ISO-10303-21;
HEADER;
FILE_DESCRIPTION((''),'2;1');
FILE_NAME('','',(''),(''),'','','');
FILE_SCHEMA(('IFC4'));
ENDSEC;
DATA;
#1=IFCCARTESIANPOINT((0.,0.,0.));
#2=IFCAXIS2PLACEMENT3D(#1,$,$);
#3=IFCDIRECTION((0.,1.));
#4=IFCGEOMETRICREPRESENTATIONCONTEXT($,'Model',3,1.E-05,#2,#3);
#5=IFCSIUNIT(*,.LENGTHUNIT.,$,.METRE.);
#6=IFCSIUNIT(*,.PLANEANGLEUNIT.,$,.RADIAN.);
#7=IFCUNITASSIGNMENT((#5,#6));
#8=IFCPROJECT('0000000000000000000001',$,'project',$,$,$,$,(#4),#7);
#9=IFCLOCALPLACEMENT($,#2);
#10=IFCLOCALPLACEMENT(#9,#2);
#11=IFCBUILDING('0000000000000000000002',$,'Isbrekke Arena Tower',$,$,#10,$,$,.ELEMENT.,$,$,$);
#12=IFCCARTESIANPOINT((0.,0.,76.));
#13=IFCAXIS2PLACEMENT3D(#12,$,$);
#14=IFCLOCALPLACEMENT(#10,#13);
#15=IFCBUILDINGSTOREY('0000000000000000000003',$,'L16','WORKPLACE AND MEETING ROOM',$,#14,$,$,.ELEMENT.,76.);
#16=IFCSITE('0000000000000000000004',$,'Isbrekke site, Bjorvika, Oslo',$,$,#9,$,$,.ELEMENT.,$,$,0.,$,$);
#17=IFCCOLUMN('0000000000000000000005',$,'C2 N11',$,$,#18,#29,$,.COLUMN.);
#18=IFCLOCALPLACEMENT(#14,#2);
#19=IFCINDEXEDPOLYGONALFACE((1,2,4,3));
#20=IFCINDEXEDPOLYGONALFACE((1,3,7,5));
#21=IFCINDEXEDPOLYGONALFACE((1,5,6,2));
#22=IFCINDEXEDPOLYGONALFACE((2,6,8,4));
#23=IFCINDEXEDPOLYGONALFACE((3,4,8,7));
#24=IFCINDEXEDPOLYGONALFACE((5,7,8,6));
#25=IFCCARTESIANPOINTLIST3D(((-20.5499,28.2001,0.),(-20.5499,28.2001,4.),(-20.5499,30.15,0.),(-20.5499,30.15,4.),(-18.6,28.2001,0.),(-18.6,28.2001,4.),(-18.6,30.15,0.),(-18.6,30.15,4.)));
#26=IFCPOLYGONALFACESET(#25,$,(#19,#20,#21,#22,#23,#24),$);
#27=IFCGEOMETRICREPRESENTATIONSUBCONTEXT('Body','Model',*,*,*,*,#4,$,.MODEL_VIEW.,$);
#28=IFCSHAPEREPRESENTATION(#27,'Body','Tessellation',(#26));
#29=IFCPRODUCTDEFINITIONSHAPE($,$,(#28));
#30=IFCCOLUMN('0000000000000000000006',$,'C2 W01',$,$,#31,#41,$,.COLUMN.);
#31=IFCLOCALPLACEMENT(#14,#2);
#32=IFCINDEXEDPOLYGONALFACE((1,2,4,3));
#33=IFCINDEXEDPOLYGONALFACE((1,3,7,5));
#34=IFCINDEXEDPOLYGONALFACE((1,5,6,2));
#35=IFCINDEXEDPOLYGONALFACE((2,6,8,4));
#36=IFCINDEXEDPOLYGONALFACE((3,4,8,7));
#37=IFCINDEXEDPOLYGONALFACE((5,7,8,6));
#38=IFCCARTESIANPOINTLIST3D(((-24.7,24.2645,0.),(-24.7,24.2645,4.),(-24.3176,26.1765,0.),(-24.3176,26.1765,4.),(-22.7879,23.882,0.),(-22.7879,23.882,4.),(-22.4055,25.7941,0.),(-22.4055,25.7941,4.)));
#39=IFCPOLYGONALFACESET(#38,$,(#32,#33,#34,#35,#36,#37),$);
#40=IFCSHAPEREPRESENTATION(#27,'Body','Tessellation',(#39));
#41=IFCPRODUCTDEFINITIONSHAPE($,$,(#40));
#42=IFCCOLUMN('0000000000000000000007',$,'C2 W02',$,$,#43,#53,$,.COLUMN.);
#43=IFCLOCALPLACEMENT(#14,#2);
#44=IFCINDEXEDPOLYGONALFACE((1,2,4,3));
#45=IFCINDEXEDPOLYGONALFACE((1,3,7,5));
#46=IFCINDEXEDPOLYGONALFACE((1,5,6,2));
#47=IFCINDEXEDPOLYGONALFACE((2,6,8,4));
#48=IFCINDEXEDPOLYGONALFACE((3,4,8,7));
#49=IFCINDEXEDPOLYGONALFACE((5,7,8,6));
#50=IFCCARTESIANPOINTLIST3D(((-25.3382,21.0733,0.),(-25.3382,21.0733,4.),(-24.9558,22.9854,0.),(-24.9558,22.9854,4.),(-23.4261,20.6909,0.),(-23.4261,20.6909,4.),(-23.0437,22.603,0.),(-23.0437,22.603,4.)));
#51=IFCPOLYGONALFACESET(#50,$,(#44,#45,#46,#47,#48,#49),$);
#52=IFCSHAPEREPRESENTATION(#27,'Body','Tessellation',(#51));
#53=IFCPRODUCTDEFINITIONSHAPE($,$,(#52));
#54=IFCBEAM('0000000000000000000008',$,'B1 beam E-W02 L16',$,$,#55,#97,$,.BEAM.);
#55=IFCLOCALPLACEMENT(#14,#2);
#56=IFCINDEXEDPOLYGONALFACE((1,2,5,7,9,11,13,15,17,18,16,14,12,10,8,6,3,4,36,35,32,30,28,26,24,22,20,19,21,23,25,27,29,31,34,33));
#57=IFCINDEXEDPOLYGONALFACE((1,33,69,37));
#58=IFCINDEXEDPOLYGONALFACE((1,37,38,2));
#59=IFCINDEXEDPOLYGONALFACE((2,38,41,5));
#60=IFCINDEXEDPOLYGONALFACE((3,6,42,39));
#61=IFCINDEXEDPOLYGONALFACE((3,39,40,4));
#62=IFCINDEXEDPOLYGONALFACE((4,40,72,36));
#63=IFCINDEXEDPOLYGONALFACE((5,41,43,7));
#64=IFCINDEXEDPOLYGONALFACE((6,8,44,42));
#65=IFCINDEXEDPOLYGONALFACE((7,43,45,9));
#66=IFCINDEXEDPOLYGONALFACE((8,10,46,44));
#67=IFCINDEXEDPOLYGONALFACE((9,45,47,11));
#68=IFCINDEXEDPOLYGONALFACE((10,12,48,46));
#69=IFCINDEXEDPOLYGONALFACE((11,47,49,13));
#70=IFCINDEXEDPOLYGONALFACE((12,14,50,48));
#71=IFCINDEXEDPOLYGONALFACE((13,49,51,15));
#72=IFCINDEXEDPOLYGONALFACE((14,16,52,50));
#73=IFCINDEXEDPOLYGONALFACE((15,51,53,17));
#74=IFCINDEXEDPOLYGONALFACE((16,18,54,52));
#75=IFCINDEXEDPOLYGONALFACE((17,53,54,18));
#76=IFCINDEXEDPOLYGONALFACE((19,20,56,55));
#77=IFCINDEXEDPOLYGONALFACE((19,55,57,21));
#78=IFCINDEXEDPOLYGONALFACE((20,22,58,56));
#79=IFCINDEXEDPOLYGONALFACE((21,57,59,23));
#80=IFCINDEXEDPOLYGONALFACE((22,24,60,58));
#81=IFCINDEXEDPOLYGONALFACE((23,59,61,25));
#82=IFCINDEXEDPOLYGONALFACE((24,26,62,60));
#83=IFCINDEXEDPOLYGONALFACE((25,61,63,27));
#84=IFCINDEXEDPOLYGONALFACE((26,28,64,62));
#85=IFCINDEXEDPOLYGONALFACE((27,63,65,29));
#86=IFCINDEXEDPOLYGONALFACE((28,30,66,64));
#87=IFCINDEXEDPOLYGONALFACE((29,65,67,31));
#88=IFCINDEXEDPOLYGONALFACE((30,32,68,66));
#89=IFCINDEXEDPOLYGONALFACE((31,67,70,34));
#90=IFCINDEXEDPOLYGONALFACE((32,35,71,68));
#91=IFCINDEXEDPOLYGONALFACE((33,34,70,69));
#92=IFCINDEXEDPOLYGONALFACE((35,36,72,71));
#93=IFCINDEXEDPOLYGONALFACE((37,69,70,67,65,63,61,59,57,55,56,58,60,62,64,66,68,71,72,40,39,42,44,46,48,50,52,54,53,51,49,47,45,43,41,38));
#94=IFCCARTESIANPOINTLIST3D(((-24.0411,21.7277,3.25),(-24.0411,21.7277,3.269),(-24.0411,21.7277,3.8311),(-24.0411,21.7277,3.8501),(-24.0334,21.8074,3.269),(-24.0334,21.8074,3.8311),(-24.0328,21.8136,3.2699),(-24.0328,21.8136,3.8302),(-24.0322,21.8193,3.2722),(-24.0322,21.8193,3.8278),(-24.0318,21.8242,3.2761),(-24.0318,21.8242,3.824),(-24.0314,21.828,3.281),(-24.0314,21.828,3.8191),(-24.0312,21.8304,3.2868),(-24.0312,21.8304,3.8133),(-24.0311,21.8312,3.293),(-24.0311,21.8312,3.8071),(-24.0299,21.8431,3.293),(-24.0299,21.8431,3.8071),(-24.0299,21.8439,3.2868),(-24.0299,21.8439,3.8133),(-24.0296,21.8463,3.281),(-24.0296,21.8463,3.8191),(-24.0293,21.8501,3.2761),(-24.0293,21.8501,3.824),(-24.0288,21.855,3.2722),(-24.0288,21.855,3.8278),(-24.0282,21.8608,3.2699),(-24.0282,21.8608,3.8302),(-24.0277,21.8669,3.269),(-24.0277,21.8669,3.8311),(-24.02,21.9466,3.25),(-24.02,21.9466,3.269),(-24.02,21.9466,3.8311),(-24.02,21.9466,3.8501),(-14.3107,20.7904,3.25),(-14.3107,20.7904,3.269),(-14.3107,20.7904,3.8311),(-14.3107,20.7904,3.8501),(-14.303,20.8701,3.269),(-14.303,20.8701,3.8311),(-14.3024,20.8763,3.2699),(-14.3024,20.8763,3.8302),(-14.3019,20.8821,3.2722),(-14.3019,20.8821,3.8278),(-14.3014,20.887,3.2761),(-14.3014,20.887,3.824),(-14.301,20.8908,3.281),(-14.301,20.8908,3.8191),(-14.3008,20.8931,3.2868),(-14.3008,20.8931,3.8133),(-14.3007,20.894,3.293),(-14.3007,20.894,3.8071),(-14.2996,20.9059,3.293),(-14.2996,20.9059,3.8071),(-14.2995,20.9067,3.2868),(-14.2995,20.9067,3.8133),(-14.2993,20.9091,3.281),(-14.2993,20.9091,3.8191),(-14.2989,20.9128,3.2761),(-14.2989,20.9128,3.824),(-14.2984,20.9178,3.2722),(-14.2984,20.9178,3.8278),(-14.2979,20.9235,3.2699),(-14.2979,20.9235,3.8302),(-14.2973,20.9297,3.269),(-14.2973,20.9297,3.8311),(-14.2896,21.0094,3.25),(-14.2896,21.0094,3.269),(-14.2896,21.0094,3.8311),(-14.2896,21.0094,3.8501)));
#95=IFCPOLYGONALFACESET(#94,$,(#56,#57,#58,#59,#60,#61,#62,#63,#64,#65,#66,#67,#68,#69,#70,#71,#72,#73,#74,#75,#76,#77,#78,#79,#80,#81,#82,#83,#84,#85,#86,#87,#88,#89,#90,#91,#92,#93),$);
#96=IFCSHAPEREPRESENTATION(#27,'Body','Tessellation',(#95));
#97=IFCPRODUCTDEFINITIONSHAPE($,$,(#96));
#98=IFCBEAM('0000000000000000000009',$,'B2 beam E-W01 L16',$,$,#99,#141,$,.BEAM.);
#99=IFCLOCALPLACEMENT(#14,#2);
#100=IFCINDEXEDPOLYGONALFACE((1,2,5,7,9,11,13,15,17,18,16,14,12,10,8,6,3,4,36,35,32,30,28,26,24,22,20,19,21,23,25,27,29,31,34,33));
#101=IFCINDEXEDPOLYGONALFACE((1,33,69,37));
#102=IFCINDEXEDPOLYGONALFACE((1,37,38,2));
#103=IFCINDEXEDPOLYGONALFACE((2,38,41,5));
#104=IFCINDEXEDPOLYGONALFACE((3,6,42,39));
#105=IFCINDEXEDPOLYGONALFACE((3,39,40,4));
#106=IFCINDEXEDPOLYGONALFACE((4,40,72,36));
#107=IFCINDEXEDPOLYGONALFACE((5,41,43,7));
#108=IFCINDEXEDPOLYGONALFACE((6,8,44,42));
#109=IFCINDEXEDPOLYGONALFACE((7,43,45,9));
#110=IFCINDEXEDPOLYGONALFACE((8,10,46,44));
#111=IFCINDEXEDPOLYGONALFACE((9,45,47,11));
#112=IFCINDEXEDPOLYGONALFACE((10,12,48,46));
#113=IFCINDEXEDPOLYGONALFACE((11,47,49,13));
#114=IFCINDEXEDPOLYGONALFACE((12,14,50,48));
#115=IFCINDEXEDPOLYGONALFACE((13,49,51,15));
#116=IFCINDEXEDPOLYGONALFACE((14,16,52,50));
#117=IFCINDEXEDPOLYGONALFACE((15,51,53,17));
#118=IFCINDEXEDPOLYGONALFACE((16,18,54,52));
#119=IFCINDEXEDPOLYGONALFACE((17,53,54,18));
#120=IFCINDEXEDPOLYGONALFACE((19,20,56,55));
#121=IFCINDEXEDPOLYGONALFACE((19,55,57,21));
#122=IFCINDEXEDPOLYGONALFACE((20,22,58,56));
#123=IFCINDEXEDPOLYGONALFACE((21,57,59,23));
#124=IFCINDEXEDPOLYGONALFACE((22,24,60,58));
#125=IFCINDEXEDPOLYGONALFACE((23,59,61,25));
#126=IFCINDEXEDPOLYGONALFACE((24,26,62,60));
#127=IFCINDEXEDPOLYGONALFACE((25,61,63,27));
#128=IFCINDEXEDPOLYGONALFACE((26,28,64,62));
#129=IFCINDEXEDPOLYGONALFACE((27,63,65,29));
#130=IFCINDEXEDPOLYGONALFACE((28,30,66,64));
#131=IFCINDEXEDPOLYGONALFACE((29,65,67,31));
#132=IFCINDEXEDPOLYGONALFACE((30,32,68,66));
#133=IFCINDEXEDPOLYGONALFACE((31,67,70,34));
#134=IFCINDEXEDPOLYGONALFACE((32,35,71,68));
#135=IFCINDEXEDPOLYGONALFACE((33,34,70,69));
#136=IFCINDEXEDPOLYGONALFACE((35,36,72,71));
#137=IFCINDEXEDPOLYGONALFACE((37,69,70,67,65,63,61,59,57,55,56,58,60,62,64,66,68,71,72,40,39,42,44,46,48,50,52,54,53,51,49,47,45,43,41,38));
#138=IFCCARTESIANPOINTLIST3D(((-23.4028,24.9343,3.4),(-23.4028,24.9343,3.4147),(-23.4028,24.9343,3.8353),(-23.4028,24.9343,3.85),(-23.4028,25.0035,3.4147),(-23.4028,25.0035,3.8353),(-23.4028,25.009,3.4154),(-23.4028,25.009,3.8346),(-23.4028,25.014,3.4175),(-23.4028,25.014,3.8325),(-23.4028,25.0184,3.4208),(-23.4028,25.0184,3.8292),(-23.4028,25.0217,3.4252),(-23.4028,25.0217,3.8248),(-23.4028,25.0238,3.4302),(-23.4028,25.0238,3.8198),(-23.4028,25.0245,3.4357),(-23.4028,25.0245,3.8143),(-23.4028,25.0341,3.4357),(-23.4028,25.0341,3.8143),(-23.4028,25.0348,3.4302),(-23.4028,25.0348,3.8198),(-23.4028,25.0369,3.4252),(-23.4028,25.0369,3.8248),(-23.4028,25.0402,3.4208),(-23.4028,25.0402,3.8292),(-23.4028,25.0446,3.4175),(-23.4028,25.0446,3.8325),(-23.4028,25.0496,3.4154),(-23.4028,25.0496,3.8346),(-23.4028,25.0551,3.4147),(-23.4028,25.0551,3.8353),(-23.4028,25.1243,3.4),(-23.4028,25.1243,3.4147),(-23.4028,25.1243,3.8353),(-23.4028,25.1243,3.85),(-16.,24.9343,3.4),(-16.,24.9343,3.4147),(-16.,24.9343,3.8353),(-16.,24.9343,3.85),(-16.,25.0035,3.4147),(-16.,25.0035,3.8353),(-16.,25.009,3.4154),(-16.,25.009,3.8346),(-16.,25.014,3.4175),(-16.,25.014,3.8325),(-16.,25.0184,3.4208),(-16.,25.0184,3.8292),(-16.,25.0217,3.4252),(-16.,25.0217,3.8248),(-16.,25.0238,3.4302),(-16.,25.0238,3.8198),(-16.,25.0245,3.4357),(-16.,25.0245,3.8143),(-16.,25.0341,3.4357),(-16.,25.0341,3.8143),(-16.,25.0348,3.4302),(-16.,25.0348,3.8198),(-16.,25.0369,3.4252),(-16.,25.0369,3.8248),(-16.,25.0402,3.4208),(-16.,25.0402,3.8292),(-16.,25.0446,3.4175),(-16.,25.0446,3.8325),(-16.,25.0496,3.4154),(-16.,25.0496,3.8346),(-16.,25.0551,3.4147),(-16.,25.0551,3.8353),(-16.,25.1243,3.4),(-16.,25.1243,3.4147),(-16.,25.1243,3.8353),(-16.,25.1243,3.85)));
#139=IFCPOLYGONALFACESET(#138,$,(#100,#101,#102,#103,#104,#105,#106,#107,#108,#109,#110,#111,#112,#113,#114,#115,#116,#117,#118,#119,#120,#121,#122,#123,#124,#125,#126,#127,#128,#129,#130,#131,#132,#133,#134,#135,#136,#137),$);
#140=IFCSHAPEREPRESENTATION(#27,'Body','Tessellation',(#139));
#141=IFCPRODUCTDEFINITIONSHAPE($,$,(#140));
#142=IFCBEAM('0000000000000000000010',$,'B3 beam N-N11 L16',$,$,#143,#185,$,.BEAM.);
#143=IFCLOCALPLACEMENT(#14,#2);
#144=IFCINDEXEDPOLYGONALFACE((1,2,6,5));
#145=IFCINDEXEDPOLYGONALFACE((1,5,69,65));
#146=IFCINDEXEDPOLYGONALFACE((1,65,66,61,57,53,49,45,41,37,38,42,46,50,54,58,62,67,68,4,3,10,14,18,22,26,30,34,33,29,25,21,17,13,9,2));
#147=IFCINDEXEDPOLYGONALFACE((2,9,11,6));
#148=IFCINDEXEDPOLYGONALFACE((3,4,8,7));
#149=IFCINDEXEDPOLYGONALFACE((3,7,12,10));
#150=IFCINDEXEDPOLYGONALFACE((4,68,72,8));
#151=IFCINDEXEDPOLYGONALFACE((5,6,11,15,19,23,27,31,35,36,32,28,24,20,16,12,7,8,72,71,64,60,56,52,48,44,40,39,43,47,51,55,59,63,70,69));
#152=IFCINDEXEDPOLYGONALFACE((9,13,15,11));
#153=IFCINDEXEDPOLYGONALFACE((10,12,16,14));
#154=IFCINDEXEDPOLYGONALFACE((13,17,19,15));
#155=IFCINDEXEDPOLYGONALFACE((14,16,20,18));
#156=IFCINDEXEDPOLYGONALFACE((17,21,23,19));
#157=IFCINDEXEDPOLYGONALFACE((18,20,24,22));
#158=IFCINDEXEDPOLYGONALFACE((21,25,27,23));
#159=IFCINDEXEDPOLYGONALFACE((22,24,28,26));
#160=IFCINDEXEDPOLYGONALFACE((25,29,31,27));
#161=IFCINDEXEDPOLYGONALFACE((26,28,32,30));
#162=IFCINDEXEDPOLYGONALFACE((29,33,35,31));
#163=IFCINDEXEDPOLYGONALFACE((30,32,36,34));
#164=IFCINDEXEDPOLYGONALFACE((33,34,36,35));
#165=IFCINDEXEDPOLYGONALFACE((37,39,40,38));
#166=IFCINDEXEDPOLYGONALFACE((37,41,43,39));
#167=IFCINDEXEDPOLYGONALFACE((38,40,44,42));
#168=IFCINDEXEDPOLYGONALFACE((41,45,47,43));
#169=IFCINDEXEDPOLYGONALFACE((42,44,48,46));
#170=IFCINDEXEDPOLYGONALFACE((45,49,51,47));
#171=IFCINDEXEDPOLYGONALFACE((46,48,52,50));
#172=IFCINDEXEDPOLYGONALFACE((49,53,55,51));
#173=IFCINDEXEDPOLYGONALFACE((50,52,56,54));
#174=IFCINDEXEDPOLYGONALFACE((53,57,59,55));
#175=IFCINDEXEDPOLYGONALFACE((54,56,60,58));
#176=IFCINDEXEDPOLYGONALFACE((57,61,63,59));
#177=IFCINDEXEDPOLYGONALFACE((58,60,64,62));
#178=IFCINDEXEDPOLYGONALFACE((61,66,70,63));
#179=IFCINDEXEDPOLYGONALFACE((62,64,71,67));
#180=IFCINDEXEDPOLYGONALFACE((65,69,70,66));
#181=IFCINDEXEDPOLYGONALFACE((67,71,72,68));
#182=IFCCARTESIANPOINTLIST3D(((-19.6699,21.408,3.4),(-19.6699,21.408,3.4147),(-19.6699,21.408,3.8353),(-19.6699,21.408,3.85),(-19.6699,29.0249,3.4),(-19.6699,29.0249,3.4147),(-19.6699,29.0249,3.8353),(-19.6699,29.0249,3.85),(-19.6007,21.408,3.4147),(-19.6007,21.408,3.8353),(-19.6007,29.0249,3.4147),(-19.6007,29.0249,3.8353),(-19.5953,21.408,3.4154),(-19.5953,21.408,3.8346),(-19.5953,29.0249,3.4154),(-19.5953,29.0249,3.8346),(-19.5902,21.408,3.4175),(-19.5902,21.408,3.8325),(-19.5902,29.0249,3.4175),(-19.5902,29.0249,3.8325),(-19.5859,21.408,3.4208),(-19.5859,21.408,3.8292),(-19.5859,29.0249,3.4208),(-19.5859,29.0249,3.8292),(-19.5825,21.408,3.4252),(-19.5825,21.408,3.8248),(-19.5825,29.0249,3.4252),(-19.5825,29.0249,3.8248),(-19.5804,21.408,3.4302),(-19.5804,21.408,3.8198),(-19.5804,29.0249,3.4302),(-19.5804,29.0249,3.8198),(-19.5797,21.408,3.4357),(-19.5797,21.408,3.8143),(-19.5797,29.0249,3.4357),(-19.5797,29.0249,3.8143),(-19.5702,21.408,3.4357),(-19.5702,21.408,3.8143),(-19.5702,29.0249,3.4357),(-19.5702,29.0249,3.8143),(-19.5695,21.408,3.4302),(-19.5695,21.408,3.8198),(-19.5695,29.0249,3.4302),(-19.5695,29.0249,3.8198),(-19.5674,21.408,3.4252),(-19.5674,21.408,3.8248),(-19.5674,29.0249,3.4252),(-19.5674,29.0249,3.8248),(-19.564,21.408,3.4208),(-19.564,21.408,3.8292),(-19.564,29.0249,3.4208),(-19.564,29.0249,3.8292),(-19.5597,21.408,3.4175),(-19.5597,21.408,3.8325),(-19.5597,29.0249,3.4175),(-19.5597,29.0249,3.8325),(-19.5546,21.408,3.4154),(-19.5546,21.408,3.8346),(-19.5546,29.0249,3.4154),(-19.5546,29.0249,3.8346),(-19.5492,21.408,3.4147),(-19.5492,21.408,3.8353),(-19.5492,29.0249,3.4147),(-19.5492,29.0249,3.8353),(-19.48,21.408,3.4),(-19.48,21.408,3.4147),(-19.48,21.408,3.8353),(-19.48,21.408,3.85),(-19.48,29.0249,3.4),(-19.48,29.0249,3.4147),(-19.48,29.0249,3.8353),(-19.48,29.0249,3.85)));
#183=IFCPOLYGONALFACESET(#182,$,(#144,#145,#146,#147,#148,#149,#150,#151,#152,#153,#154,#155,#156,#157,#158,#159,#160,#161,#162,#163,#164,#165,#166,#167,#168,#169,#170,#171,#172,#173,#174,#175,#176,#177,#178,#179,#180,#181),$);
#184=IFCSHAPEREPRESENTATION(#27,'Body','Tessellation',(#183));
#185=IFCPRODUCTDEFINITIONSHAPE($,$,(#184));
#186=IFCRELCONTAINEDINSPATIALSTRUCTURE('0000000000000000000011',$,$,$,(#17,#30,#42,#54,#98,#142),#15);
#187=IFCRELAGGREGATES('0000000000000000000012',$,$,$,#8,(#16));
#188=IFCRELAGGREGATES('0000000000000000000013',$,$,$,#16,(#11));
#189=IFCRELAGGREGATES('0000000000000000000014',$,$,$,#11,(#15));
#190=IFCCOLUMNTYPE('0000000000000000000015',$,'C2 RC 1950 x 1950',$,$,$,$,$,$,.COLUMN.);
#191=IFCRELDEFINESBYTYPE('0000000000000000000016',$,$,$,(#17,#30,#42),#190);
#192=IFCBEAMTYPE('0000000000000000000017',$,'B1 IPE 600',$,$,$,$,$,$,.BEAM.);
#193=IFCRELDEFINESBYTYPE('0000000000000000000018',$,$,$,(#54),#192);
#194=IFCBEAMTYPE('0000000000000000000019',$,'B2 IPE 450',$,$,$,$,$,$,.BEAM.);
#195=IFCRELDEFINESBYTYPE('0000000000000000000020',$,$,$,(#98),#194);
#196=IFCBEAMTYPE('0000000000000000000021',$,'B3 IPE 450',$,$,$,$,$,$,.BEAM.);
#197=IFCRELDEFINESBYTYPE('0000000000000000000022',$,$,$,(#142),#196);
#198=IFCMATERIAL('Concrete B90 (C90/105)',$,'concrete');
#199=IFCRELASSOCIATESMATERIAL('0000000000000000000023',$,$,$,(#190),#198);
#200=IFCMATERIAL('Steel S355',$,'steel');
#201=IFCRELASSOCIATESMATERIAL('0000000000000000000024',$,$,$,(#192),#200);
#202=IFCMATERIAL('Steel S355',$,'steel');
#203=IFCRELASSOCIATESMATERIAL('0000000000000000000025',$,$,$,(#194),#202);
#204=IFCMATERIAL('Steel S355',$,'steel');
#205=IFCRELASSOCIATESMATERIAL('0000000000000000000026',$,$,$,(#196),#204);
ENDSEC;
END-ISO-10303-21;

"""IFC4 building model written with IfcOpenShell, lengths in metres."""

from ifc_helpers import new_model, si_unit, direction, frame, origin, origin_2d, place, context, subcontext, project, spatial, rectangle, i_section, extrude, material, material_profile, profile_set, type_object, element, save


model = new_model("IFC4")

# Units and contexts
model_context = context("Model", 3, precision=1e-05, world=origin(), true_north=direction((0.0, 1.0)))
body_context = subcontext(model_context, "Body", "Model", "MODEL_VIEW")
ifc_project = project(units=[si_unit("LENGTHUNIT", "METRE"), si_unit("PLANEANGLEUNIT", "RADIAN")], contexts=[model_context])

# Site, building, storey
site_placement = place(None, origin())
site = spatial("IfcSite", under=ifc_project, at=site_placement, Name="Isbrekke site, Bjorvika, Oslo", CompositionType="ELEMENT", RefElevation=0.0)
building_placement = place(site_placement, origin())
building = spatial("IfcBuilding", under=site, at=building_placement, Name="Isbrekke Arena Tower", CompositionType="ELEMENT")
storey_placement = place(building_placement, frame((0.0, 0.0, 76.0)))
storey = spatial("IfcBuildingStorey", under=building, at=storey_placement, Name="L16", Description="WORKPLACE AND MEETING ROOM", CompositionType="ELEMENT", Elevation=76.0)

# Columns
ifc_material_1 = material(Name="Concrete B90 (C90/105)", Category="concrete")
ifc_material_profile_1 = material_profile(ifc_material_1, rectangle(XDim=1.95, YDim=1.95, at=origin_2d()), Name="RC 1950x1950")
ifc_profile_set_1 = profile_set([ifc_material_profile_1], Name="Concrete B90 (C90/105)")
column_type = type_object("IfcColumnType", Name="C2 RC 1950 x 1950", PredefinedType="COLUMN", material=ifc_profile_set_1)
for number, where, z_axis, x_axis, name in (
    (1, (-19.575, 29.175, 0.0), (0.0, 0.0, 1.0), (-1.0, 0.0, 0.0), "C2 N11"),
    (2, (-23.5527, 25.0293, 0.0), (0.0, 0.0, 1.0), (-0.196116, -0.980581, 0.0), "C2 W01"),
    (3, (-24.1909, 21.8381, 0.0), (0.0, 0.0, 1.0), (-0.196116, -0.980581, 0.0), "C2 W02"),
):
    element("IfcColumn", number, at=place(storey_placement, frame(where, z_axis=z_axis, x_axis=x_axis)), inside=storey, type_object=column_type, Name=name, PredefinedType="COLUMN", context=body_context, shape_type="SweptSolid", body=[
        extrude(rectangle(XDim=1.95, YDim=1.95, at=origin_2d()), origin(), (0.0, 0.0, 1.0), 4.0),
    ])

# Beams
ifc_material_2 = material(Name="Steel S355", Category="steel")
ifc_material_profile_2 = material_profile(ifc_material_2, i_section(OverallWidth=0.22, OverallDepth=0.6001, WebThickness=0.012, FlangeThickness=0.019, FilletRadius=0.0239, at=origin_2d()), Name="IPE 600")
ifc_profile_set_2 = profile_set([ifc_material_profile_2], Name="Steel S355")
beam_type_1 = type_object("IfcBeamType", Name="B1 IPE 600", PredefinedType="BEAM", material=ifc_profile_set_2)
beam_1_placement = place(storey_placement, frame((-24.0305, 21.8372, 3.55), z_axis=(0.995393, -0.095878, 0.0), x_axis=(0.095878, 0.995393, 0.0)))
element("IfcBeam", 4, at=beam_1_placement, inside=storey, type_object=beam_type_1, Name="B1 beam E-W02 L16", PredefinedType="BEAM", context=body_context, shape_type="SweptSolid", body=[
    extrude(i_section(OverallWidth=0.22, OverallDepth=0.6001, WebThickness=0.012, FlangeThickness=0.019, FilletRadius=0.0239, at=origin_2d()), origin(), (0.0, 0.0, 1.0), 9.7754),
])
ifc_material_3 = material(Name="Steel S355", Category="steel")
ifc_material_profile_3 = material_profile(ifc_material_3, i_section(OverallWidth=0.1899, OverallDepth=0.45, WebThickness=0.0095, FlangeThickness=0.0146, FilletRadius=0.021, at=origin_2d()), Name="IPE 450")
ifc_profile_set_3 = profile_set([ifc_material_profile_3], Name="Steel S355")
beam_type_2 = type_object("IfcBeamType", Name="B2 IPE 450", PredefinedType="BEAM", material=ifc_profile_set_3)
beam_2_placement = place(storey_placement, frame((-23.4028, 25.0293, 3.625), z_axis=(1.0, 0.0, 0.0), x_axis=(0.0, 1.0, 0.0)))
element("IfcBeam", 5, at=beam_2_placement, inside=storey, type_object=beam_type_2, Name="B2 beam E-W01 L16", PredefinedType="BEAM", context=body_context, shape_type="SweptSolid", body=[
    extrude(i_section(OverallWidth=0.1899, OverallDepth=0.45, WebThickness=0.0095, FlangeThickness=0.0146, FilletRadius=0.021, at=origin_2d()), origin(), (0.0, 0.0, 1.0), 7.4028),
])
ifc_material_4 = material(Name="Steel S355", Category="steel")
ifc_material_profile_4 = material_profile(ifc_material_4, i_section(OverallWidth=0.1899, OverallDepth=0.45, WebThickness=0.0095, FlangeThickness=0.0146, FilletRadius=0.021, at=origin_2d()), Name="IPE 450")
ifc_profile_set_4 = profile_set([ifc_material_profile_4], Name="Steel S355")
beam_type_3 = type_object("IfcBeamType", Name="B3 IPE 450", PredefinedType="BEAM", material=ifc_profile_set_4)
beam_3_placement = place(storey_placement, frame((-19.575, 29.0249, 3.625), z_axis=(0.0, -1.0, 0.0), x_axis=(1.0, 0.0, 0.0)))
element("IfcBeam", 6, at=beam_3_placement, inside=storey, type_object=beam_type_3, Name="B3 beam N-N11 L16", PredefinedType="BEAM", context=body_context, shape_type="SweptSolid", body=[
    extrude(i_section(OverallWidth=0.1899, OverallDepth=0.45, WebThickness=0.0095, FlangeThickness=0.0146, FilletRadius=0.021, at=origin_2d()), origin(), (0.0, 0.0, 1.0), 7.6169),
])

save(model, "model.ifc")
